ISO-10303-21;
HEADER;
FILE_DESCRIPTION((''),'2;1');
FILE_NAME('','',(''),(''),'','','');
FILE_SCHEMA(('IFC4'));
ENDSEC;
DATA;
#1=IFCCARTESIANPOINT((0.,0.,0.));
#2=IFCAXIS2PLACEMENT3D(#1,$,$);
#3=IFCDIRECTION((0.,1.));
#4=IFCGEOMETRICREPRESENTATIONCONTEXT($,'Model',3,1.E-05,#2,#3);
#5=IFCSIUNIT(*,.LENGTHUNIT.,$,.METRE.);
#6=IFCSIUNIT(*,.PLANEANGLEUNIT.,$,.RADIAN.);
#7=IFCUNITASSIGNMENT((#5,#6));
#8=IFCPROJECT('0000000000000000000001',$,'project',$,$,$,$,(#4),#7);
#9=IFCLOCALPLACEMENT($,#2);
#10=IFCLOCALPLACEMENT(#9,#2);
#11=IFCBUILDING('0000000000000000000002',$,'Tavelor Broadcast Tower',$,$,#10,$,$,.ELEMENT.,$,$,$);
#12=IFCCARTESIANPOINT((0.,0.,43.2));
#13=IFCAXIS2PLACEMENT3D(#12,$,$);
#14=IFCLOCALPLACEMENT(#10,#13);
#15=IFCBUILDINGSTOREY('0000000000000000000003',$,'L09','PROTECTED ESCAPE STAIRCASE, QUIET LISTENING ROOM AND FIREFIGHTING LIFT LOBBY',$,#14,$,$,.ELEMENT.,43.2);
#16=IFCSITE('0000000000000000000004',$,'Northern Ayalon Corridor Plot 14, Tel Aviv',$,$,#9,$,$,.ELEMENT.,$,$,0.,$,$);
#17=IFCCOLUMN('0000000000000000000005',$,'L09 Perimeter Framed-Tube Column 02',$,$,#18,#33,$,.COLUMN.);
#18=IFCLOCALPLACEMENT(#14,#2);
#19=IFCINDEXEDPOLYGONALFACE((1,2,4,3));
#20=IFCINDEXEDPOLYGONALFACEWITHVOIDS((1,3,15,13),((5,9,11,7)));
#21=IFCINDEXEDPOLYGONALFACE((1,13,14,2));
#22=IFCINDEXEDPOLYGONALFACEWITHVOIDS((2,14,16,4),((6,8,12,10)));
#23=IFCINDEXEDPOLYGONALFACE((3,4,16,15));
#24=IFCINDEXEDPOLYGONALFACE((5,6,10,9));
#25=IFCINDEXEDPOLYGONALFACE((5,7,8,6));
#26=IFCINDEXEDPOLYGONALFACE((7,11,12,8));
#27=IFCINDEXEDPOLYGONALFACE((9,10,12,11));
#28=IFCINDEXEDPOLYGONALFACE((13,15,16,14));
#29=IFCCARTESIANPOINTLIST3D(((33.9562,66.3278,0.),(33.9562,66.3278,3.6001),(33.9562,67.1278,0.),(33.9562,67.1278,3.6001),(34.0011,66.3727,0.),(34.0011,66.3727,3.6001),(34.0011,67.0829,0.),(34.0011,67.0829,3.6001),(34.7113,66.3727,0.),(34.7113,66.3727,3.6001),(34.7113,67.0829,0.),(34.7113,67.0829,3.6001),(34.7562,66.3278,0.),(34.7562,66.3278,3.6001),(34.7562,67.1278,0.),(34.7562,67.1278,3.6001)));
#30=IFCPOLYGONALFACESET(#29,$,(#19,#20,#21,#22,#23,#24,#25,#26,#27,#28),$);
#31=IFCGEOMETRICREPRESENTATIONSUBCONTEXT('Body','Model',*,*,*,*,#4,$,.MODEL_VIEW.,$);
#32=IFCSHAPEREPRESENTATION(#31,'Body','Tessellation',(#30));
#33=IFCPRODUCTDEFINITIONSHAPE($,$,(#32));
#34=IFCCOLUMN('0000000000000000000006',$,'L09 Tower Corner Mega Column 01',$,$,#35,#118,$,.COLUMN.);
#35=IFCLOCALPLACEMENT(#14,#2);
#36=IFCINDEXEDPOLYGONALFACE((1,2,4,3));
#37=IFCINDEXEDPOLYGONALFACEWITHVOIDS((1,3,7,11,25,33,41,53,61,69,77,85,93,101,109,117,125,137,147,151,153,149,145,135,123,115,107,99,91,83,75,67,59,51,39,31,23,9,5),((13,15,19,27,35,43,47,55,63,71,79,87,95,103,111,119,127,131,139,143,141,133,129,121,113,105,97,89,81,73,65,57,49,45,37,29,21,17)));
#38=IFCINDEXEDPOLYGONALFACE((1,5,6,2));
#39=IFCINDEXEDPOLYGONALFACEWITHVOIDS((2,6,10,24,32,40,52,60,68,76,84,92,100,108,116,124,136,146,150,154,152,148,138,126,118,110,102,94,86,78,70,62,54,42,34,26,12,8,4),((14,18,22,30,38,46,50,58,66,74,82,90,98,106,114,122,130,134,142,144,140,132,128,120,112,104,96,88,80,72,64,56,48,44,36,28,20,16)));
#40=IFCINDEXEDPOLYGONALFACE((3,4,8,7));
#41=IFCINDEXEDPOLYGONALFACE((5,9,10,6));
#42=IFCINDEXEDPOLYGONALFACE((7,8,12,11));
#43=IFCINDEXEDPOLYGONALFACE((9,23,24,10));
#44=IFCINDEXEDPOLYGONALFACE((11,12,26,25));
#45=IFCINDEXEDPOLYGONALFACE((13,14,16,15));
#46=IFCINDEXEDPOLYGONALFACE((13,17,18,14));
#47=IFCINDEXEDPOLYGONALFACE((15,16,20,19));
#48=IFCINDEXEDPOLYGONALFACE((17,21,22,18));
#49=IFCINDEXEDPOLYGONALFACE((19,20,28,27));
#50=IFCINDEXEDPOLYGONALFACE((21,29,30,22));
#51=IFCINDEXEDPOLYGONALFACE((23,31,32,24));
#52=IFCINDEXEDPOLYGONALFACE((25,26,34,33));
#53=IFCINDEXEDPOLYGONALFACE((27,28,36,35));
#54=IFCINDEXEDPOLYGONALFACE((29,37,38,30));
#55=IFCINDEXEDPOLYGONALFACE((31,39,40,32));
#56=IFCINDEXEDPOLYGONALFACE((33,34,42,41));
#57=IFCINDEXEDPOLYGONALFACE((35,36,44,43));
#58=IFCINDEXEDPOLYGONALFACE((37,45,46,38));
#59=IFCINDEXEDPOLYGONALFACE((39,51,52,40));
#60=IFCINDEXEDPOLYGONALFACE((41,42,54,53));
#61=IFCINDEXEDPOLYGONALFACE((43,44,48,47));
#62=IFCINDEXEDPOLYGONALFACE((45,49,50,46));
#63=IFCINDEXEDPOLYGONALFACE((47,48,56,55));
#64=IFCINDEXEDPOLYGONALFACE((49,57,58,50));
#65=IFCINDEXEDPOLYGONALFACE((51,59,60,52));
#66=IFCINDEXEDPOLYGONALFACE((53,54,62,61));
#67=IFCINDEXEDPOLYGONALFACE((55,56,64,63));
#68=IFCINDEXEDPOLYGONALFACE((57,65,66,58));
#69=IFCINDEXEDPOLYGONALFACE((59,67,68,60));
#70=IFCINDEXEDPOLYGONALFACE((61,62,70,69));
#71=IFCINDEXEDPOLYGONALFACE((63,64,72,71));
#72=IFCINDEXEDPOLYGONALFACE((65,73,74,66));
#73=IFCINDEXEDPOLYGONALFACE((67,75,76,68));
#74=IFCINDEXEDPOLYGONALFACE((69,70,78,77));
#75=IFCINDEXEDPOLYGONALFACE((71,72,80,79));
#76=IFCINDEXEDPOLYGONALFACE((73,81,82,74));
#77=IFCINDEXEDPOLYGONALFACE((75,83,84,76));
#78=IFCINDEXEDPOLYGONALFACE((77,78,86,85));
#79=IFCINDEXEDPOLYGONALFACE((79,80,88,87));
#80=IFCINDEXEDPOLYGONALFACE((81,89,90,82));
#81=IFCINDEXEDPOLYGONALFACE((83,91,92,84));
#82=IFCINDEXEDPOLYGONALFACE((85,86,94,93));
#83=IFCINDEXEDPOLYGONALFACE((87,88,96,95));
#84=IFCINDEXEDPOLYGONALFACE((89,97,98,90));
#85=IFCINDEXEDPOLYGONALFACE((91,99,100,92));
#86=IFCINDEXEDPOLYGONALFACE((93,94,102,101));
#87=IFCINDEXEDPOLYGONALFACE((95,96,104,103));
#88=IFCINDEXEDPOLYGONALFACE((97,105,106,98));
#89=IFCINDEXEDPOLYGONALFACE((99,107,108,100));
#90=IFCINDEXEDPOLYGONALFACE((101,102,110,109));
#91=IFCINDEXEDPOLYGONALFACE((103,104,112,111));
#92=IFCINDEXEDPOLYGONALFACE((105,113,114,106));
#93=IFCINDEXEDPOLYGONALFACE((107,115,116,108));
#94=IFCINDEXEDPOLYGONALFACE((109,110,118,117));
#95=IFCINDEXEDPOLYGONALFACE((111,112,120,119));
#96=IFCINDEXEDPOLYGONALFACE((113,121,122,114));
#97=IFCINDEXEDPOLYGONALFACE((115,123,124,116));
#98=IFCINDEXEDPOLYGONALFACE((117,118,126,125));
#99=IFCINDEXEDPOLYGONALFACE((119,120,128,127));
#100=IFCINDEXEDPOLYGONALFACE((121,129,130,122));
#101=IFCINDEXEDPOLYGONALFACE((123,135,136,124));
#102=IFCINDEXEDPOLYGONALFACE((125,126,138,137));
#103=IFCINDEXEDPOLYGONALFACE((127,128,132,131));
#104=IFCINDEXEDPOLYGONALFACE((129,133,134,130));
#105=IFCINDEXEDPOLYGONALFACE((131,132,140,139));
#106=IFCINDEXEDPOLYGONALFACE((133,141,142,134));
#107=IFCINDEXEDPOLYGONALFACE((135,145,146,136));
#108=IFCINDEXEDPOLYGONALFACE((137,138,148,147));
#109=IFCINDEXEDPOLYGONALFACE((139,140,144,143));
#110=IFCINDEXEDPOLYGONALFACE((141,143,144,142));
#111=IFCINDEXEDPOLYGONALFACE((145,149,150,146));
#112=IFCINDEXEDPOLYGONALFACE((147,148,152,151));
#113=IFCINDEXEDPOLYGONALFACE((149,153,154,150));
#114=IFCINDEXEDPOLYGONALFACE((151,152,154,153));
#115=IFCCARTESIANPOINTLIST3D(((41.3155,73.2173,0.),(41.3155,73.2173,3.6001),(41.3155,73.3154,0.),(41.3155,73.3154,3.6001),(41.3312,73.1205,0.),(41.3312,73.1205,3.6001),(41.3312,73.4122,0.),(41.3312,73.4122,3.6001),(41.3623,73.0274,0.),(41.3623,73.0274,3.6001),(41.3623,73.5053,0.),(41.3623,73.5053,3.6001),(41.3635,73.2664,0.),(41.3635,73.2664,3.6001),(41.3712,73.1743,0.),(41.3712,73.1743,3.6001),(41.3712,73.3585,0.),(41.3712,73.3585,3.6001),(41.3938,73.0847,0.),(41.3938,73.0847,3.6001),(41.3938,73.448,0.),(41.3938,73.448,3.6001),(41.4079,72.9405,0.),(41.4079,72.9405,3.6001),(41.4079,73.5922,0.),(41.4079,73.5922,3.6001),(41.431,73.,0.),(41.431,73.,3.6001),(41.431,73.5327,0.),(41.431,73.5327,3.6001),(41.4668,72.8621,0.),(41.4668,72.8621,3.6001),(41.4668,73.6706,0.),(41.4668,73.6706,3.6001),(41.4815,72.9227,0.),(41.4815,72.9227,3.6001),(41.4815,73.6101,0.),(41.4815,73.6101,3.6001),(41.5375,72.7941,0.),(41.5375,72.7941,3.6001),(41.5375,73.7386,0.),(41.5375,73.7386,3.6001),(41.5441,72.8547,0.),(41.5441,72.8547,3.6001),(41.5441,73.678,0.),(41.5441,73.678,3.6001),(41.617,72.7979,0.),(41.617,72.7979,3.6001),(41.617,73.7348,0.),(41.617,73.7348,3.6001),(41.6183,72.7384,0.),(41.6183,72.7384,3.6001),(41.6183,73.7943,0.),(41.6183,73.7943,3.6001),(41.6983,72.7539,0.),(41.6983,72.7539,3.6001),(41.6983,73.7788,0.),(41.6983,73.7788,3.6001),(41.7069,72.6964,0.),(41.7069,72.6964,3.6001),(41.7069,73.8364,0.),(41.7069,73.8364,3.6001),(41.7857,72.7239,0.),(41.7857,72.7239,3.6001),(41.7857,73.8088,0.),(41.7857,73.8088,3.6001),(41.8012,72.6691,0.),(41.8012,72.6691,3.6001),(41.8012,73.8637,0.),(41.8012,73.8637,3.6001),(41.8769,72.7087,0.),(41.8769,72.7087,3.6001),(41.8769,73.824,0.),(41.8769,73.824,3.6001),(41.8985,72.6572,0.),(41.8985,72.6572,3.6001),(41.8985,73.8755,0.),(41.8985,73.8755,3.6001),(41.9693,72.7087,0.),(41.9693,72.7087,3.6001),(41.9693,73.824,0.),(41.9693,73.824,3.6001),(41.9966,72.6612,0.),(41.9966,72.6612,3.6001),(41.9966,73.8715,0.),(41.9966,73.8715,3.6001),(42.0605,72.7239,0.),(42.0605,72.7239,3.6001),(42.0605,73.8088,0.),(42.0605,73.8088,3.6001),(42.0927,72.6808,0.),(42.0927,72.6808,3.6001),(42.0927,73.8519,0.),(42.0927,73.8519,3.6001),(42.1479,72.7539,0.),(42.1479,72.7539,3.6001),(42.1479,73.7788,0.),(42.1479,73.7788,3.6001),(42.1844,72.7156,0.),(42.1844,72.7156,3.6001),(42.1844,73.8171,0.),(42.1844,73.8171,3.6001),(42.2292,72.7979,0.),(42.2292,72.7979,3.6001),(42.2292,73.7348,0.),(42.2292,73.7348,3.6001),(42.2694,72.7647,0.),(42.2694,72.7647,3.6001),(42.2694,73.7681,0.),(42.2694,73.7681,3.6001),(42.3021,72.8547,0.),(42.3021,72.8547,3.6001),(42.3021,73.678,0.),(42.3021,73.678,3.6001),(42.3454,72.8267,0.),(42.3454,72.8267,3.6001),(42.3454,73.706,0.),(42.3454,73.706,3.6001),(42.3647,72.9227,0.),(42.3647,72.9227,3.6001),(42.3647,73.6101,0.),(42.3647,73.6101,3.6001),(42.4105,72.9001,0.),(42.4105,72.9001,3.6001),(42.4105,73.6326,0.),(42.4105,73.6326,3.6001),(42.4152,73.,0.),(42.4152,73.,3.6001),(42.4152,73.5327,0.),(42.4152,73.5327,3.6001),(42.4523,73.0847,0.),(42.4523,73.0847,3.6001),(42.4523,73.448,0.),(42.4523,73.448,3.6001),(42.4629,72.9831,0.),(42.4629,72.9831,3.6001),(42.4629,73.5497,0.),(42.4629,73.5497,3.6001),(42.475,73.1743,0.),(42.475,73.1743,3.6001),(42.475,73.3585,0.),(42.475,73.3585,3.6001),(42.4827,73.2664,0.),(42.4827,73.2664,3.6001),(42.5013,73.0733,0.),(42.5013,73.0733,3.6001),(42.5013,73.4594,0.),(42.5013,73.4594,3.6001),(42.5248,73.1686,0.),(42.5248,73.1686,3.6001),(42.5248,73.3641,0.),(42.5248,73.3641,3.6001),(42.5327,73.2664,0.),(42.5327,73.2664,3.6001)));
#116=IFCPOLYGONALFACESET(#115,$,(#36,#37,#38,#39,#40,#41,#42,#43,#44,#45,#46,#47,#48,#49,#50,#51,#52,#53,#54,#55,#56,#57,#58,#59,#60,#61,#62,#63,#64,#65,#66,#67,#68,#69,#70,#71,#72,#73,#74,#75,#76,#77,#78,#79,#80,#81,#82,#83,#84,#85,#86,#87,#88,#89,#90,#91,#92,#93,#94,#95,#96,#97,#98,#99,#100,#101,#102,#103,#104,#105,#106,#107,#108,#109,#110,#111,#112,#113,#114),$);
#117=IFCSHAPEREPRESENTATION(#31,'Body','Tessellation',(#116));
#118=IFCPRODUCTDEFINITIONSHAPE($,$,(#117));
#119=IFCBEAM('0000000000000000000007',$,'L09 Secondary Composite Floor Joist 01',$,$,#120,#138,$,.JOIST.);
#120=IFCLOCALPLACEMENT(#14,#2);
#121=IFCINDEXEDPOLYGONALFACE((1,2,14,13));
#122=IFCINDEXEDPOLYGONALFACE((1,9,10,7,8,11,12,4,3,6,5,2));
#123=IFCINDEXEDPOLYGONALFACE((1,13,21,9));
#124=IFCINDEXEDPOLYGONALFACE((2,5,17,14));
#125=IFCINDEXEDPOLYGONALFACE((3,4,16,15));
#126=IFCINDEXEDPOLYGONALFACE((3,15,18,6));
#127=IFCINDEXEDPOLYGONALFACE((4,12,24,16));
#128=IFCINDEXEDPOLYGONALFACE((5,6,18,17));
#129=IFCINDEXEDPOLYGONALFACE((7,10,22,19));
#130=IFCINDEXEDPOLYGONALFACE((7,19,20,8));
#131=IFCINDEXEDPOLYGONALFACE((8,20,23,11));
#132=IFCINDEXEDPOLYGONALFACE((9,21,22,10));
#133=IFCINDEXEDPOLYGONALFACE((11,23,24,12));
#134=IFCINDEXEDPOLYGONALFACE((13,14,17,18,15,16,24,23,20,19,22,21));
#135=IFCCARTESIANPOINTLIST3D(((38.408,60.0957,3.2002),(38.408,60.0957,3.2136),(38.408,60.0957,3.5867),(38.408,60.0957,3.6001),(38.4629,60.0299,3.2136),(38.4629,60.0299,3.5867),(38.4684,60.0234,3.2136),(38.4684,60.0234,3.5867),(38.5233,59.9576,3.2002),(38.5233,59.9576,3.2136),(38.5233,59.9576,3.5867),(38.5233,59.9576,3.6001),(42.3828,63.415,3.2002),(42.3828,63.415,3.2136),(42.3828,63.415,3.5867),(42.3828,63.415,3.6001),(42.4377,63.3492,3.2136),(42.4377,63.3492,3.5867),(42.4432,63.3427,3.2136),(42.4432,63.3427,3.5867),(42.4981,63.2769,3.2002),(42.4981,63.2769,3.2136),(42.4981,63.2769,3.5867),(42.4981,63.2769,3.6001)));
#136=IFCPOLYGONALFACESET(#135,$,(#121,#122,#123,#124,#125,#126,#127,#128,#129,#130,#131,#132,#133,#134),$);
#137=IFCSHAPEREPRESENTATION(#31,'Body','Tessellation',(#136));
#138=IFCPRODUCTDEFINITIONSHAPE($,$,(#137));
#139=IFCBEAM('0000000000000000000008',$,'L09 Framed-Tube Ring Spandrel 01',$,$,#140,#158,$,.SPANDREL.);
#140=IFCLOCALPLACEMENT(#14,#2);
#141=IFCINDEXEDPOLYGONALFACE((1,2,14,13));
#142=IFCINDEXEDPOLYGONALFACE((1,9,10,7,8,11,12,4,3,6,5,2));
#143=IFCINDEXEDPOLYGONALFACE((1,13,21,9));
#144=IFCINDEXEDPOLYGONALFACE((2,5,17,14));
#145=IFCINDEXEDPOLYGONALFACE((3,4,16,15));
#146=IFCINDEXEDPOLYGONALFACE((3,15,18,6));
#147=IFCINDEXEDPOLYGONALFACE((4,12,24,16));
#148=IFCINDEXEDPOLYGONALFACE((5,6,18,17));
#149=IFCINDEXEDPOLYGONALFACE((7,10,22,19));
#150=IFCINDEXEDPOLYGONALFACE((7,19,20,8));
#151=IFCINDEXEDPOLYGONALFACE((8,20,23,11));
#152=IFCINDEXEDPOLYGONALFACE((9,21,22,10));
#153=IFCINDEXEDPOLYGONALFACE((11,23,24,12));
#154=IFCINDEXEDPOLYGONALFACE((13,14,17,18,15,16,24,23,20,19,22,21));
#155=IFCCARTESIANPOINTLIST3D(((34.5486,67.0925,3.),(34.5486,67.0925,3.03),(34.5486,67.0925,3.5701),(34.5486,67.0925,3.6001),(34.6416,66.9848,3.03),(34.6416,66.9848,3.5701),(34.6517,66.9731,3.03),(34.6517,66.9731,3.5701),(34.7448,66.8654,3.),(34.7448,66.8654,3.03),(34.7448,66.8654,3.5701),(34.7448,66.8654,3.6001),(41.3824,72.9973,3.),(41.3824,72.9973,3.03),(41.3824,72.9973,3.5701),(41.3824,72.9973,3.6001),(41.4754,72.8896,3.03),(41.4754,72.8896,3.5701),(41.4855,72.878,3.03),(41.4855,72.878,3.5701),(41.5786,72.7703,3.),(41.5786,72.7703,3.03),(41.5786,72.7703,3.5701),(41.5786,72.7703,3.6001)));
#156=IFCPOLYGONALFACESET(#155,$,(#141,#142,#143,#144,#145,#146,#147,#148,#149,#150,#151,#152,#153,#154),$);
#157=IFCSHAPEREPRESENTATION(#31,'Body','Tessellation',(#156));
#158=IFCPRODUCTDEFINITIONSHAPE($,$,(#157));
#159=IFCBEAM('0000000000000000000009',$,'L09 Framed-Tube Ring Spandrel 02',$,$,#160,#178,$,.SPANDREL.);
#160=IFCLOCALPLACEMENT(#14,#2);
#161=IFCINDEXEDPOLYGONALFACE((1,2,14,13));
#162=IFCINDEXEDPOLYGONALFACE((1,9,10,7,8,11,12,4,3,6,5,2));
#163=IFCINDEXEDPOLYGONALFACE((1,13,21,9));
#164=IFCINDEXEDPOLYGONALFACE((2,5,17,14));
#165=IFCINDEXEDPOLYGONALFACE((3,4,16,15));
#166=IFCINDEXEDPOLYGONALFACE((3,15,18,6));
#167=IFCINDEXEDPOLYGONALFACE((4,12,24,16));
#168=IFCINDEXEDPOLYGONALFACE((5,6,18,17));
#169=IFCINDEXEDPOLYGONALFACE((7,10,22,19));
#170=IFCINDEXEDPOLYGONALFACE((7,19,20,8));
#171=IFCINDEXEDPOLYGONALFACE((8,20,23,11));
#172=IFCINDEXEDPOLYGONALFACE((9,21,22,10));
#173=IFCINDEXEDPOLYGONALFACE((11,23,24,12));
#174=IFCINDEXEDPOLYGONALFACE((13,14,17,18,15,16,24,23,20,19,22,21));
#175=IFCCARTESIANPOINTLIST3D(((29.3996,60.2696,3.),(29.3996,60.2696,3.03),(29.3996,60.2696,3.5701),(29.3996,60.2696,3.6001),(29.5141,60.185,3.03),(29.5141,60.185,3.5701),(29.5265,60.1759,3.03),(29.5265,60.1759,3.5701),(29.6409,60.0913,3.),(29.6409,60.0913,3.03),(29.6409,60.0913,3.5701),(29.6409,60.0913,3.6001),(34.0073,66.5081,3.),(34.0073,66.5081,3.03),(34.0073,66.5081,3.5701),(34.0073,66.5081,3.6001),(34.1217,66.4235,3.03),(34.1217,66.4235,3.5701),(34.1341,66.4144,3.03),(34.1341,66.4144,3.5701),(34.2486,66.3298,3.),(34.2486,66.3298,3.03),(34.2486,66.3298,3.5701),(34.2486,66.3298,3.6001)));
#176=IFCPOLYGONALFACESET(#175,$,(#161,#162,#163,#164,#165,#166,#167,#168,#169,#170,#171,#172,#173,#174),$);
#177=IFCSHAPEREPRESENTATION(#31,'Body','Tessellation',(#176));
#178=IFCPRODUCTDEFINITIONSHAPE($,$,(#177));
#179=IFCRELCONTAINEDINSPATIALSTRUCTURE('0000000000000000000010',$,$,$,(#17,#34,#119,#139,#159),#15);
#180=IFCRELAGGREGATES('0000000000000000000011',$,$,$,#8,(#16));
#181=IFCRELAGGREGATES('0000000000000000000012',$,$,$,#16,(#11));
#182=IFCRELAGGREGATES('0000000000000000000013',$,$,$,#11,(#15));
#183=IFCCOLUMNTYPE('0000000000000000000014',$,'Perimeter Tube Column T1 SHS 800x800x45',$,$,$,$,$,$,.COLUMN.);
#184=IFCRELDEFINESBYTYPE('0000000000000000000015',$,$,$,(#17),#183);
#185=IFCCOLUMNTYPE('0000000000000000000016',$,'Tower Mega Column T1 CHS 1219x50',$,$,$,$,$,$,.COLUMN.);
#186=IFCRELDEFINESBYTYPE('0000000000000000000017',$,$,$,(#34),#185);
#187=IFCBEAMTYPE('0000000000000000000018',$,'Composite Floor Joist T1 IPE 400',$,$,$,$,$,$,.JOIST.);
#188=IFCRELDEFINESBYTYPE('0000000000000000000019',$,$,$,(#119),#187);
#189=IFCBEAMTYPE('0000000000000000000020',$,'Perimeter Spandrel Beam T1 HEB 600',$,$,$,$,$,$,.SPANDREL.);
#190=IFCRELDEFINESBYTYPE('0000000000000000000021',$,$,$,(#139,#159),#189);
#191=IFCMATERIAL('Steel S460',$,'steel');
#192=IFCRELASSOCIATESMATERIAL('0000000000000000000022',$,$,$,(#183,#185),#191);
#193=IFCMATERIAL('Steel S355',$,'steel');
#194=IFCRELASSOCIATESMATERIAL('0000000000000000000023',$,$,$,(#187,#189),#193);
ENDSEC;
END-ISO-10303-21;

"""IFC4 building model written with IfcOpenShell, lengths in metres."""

from ifc_helpers import new_model, si_unit, direction, frame, origin, origin_2d, place, context, subcontext, project, spatial, hollow_rectangle, hollow_circle, i_section, extrude, material, material_profile, profile_set, type_object, element, save


model = new_model("IFC4")

# Units and contexts
model_context = context("Model", 3, precision=1e-05, world=origin(), true_north=direction((0.0, 1.0)))
body_context = subcontext(model_context, "Body", "Model", "MODEL_VIEW")
ifc_project = project(units=[si_unit("LENGTHUNIT", "METRE"), si_unit("PLANEANGLEUNIT", "RADIAN")], contexts=[model_context])

# Site, building, storey
site_placement = place(None, origin())
site = spatial("IfcSite", under=ifc_project, at=site_placement, Name="Northern Ayalon Corridor Plot 14, Tel Aviv", CompositionType="ELEMENT", RefElevation=0.0)
building_placement = place(site_placement, origin())
building = spatial("IfcBuilding", under=site, at=building_placement, Name="Tavelor Broadcast Tower", CompositionType="ELEMENT")
storey_placement = place(building_placement, frame((0.0, 0.0, 43.2)))
storey = spatial("IfcBuildingStorey", under=building, at=storey_placement, Name="L09", Description="PROTECTED ESCAPE STAIRCASE, QUIET LISTENING ROOM AND FIREFIGHTING LIFT LOBBY", CompositionType="ELEMENT", Elevation=43.2)

# Columns
ifc_material_1 = material(Name="Steel S460", Category="steel")
ifc_material_profile_1 = material_profile(ifc_material_1, hollow_rectangle(XDim=0.8, YDim=0.8, WallThickness=0.0449, at=origin_2d()), Name="SHS 800x800x45")
ifc_profile_set_1 = profile_set([ifc_material_profile_1], Name="Steel S460")
column_type_1 = type_object("IfcColumnType", Name="Perimeter Tube Column T1 SHS 800x800x45", PredefinedType="COLUMN", material=ifc_profile_set_1)
column_1_placement = place(storey_placement, frame((34.3562, 66.7278, 0.0), z_axis=(0.0, 0.0, 1.0), x_axis=(1.0, 0.0, 0.0)))
element("IfcColumn", 1, at=column_1_placement, inside=storey, type_object=column_type_1, Name="L09 Perimeter Framed-Tube Column 02", PredefinedType="COLUMN", context=body_context, shape_type="SweptSolid", body=[
    extrude(hollow_rectangle(XDim=0.8, YDim=0.8, WallThickness=0.0449, at=origin_2d()), origin(), (0.0, 0.0, 1.0), 3.6001),
])
ifc_material_profile_2 = material_profile(ifc_material_1, hollow_circle(Radius=0.6096, WallThickness=0.05, at=origin_2d()), Name="CHS 1219x50")
ifc_profile_set_2 = profile_set([ifc_material_profile_2], Name="Steel S460")
column_type_2 = type_object("IfcColumnType", Name="Tower Mega Column T1 CHS 1219x50", PredefinedType="COLUMN", material=ifc_profile_set_2)
column_2_placement = place(storey_placement, frame((41.9231, 73.2664, 0.0), z_axis=(0.0, 0.0, 1.0), x_axis=(1.0, 0.0, 0.0)))
element("IfcColumn", 2, at=column_2_placement, inside=storey, type_object=column_type_2, Name="L09 Tower Corner Mega Column 01", PredefinedType="COLUMN", context=body_context, shape_type="SweptSolid", body=[
    extrude(hollow_circle(Radius=0.6096, WallThickness=0.05, at=origin_2d()), origin(), (0.0, 0.0, 1.0), 3.6001),
])

# Beams
ifc_material_2 = material(Name="Steel S355", Category="steel")
ifc_material_profile_3 = material_profile(ifc_material_2, i_section(OverallWidth=0.1799, OverallDepth=0.3999, WebThickness=0.0085, FlangeThickness=0.0134, at=origin_2d()), Name="IPE 400")
ifc_profile_set_3 = profile_set([ifc_material_profile_3], Name="Steel S355")
beam_type_1 = type_object("IfcBeamType", Name="Composite Floor Joist T1 IPE 400", PredefinedType="JOIST", material=ifc_profile_set_3)
beam_1_placement = place(storey_placement, frame((42.4404, 63.3459, 3.4001), z_axis=(-0.76756, -0.640977, 0.0), x_axis=(0.640977, -0.76756, 0.0)))
element("IfcBeam", 3, at=beam_1_placement, inside=storey, type_object=beam_type_1, Name="L09 Secondary Composite Floor Joist 01", PredefinedType="JOIST", context=body_context, shape_type="SweptSolid", body=[
    extrude(i_section(OverallWidth=0.1799, OverallDepth=0.3999, WebThickness=0.0085, FlangeThickness=0.0134, at=origin_2d()), origin(), (0.0, 0.0, 1.0), 5.1785),
])
ifc_material_profile_4 = material_profile(ifc_material_2, i_section(OverallWidth=0.3, OverallDepth=0.6001, WebThickness=0.0154, FlangeThickness=0.03, at=origin_2d()), Name="HEB 600")
ifc_profile_set_4 = profile_set([ifc_material_profile_4], Name="Steel S355")
beam_type_2 = type_object("IfcBeamType", Name="Perimeter Spandrel Beam T1 HEB 600", PredefinedType="SPANDREL", material=ifc_profile_set_4)
beam_2_placement = place(storey_placement, frame((41.4805, 72.8838, 3.3), z_axis=(-0.756663, -0.653805, 0.0), x_axis=(0.653805, -0.756663, 0.0)))
element("IfcBeam", 4, at=beam_2_placement, inside=storey, type_object=beam_type_2, Name="L09 Framed-Tube Ring Spandrel 01", PredefinedType="SPANDREL", context=body_context, shape_type="SweptSolid", body=[
    extrude(i_section(OverallWidth=0.3, OverallDepth=0.6001, WebThickness=0.0154, FlangeThickness=0.03, at=origin_2d()), origin(), (0.0, 0.0, 1.0), 9.0315),
])
beam_3_placement = place(storey_placement, frame((34.1279, 66.4189, 3.3), z_axis=(-0.594106, -0.804387, 0.0), x_axis=(0.804387, -0.594106, 0.0)))
element("IfcBeam", 5, at=beam_3_placement, inside=storey, type_object=beam_type_2, Name="L09 Framed-Tube Ring Spandrel 02", PredefinedType="SPANDREL", context=body_context, shape_type="SweptSolid", body=[
    extrude(i_section(OverallWidth=0.3, OverallDepth=0.6001, WebThickness=0.0154, FlangeThickness=0.03, at=origin_2d()), origin(), (0.0, 0.0, 1.0), 7.7556),
])

save(model, "model.ifc")
